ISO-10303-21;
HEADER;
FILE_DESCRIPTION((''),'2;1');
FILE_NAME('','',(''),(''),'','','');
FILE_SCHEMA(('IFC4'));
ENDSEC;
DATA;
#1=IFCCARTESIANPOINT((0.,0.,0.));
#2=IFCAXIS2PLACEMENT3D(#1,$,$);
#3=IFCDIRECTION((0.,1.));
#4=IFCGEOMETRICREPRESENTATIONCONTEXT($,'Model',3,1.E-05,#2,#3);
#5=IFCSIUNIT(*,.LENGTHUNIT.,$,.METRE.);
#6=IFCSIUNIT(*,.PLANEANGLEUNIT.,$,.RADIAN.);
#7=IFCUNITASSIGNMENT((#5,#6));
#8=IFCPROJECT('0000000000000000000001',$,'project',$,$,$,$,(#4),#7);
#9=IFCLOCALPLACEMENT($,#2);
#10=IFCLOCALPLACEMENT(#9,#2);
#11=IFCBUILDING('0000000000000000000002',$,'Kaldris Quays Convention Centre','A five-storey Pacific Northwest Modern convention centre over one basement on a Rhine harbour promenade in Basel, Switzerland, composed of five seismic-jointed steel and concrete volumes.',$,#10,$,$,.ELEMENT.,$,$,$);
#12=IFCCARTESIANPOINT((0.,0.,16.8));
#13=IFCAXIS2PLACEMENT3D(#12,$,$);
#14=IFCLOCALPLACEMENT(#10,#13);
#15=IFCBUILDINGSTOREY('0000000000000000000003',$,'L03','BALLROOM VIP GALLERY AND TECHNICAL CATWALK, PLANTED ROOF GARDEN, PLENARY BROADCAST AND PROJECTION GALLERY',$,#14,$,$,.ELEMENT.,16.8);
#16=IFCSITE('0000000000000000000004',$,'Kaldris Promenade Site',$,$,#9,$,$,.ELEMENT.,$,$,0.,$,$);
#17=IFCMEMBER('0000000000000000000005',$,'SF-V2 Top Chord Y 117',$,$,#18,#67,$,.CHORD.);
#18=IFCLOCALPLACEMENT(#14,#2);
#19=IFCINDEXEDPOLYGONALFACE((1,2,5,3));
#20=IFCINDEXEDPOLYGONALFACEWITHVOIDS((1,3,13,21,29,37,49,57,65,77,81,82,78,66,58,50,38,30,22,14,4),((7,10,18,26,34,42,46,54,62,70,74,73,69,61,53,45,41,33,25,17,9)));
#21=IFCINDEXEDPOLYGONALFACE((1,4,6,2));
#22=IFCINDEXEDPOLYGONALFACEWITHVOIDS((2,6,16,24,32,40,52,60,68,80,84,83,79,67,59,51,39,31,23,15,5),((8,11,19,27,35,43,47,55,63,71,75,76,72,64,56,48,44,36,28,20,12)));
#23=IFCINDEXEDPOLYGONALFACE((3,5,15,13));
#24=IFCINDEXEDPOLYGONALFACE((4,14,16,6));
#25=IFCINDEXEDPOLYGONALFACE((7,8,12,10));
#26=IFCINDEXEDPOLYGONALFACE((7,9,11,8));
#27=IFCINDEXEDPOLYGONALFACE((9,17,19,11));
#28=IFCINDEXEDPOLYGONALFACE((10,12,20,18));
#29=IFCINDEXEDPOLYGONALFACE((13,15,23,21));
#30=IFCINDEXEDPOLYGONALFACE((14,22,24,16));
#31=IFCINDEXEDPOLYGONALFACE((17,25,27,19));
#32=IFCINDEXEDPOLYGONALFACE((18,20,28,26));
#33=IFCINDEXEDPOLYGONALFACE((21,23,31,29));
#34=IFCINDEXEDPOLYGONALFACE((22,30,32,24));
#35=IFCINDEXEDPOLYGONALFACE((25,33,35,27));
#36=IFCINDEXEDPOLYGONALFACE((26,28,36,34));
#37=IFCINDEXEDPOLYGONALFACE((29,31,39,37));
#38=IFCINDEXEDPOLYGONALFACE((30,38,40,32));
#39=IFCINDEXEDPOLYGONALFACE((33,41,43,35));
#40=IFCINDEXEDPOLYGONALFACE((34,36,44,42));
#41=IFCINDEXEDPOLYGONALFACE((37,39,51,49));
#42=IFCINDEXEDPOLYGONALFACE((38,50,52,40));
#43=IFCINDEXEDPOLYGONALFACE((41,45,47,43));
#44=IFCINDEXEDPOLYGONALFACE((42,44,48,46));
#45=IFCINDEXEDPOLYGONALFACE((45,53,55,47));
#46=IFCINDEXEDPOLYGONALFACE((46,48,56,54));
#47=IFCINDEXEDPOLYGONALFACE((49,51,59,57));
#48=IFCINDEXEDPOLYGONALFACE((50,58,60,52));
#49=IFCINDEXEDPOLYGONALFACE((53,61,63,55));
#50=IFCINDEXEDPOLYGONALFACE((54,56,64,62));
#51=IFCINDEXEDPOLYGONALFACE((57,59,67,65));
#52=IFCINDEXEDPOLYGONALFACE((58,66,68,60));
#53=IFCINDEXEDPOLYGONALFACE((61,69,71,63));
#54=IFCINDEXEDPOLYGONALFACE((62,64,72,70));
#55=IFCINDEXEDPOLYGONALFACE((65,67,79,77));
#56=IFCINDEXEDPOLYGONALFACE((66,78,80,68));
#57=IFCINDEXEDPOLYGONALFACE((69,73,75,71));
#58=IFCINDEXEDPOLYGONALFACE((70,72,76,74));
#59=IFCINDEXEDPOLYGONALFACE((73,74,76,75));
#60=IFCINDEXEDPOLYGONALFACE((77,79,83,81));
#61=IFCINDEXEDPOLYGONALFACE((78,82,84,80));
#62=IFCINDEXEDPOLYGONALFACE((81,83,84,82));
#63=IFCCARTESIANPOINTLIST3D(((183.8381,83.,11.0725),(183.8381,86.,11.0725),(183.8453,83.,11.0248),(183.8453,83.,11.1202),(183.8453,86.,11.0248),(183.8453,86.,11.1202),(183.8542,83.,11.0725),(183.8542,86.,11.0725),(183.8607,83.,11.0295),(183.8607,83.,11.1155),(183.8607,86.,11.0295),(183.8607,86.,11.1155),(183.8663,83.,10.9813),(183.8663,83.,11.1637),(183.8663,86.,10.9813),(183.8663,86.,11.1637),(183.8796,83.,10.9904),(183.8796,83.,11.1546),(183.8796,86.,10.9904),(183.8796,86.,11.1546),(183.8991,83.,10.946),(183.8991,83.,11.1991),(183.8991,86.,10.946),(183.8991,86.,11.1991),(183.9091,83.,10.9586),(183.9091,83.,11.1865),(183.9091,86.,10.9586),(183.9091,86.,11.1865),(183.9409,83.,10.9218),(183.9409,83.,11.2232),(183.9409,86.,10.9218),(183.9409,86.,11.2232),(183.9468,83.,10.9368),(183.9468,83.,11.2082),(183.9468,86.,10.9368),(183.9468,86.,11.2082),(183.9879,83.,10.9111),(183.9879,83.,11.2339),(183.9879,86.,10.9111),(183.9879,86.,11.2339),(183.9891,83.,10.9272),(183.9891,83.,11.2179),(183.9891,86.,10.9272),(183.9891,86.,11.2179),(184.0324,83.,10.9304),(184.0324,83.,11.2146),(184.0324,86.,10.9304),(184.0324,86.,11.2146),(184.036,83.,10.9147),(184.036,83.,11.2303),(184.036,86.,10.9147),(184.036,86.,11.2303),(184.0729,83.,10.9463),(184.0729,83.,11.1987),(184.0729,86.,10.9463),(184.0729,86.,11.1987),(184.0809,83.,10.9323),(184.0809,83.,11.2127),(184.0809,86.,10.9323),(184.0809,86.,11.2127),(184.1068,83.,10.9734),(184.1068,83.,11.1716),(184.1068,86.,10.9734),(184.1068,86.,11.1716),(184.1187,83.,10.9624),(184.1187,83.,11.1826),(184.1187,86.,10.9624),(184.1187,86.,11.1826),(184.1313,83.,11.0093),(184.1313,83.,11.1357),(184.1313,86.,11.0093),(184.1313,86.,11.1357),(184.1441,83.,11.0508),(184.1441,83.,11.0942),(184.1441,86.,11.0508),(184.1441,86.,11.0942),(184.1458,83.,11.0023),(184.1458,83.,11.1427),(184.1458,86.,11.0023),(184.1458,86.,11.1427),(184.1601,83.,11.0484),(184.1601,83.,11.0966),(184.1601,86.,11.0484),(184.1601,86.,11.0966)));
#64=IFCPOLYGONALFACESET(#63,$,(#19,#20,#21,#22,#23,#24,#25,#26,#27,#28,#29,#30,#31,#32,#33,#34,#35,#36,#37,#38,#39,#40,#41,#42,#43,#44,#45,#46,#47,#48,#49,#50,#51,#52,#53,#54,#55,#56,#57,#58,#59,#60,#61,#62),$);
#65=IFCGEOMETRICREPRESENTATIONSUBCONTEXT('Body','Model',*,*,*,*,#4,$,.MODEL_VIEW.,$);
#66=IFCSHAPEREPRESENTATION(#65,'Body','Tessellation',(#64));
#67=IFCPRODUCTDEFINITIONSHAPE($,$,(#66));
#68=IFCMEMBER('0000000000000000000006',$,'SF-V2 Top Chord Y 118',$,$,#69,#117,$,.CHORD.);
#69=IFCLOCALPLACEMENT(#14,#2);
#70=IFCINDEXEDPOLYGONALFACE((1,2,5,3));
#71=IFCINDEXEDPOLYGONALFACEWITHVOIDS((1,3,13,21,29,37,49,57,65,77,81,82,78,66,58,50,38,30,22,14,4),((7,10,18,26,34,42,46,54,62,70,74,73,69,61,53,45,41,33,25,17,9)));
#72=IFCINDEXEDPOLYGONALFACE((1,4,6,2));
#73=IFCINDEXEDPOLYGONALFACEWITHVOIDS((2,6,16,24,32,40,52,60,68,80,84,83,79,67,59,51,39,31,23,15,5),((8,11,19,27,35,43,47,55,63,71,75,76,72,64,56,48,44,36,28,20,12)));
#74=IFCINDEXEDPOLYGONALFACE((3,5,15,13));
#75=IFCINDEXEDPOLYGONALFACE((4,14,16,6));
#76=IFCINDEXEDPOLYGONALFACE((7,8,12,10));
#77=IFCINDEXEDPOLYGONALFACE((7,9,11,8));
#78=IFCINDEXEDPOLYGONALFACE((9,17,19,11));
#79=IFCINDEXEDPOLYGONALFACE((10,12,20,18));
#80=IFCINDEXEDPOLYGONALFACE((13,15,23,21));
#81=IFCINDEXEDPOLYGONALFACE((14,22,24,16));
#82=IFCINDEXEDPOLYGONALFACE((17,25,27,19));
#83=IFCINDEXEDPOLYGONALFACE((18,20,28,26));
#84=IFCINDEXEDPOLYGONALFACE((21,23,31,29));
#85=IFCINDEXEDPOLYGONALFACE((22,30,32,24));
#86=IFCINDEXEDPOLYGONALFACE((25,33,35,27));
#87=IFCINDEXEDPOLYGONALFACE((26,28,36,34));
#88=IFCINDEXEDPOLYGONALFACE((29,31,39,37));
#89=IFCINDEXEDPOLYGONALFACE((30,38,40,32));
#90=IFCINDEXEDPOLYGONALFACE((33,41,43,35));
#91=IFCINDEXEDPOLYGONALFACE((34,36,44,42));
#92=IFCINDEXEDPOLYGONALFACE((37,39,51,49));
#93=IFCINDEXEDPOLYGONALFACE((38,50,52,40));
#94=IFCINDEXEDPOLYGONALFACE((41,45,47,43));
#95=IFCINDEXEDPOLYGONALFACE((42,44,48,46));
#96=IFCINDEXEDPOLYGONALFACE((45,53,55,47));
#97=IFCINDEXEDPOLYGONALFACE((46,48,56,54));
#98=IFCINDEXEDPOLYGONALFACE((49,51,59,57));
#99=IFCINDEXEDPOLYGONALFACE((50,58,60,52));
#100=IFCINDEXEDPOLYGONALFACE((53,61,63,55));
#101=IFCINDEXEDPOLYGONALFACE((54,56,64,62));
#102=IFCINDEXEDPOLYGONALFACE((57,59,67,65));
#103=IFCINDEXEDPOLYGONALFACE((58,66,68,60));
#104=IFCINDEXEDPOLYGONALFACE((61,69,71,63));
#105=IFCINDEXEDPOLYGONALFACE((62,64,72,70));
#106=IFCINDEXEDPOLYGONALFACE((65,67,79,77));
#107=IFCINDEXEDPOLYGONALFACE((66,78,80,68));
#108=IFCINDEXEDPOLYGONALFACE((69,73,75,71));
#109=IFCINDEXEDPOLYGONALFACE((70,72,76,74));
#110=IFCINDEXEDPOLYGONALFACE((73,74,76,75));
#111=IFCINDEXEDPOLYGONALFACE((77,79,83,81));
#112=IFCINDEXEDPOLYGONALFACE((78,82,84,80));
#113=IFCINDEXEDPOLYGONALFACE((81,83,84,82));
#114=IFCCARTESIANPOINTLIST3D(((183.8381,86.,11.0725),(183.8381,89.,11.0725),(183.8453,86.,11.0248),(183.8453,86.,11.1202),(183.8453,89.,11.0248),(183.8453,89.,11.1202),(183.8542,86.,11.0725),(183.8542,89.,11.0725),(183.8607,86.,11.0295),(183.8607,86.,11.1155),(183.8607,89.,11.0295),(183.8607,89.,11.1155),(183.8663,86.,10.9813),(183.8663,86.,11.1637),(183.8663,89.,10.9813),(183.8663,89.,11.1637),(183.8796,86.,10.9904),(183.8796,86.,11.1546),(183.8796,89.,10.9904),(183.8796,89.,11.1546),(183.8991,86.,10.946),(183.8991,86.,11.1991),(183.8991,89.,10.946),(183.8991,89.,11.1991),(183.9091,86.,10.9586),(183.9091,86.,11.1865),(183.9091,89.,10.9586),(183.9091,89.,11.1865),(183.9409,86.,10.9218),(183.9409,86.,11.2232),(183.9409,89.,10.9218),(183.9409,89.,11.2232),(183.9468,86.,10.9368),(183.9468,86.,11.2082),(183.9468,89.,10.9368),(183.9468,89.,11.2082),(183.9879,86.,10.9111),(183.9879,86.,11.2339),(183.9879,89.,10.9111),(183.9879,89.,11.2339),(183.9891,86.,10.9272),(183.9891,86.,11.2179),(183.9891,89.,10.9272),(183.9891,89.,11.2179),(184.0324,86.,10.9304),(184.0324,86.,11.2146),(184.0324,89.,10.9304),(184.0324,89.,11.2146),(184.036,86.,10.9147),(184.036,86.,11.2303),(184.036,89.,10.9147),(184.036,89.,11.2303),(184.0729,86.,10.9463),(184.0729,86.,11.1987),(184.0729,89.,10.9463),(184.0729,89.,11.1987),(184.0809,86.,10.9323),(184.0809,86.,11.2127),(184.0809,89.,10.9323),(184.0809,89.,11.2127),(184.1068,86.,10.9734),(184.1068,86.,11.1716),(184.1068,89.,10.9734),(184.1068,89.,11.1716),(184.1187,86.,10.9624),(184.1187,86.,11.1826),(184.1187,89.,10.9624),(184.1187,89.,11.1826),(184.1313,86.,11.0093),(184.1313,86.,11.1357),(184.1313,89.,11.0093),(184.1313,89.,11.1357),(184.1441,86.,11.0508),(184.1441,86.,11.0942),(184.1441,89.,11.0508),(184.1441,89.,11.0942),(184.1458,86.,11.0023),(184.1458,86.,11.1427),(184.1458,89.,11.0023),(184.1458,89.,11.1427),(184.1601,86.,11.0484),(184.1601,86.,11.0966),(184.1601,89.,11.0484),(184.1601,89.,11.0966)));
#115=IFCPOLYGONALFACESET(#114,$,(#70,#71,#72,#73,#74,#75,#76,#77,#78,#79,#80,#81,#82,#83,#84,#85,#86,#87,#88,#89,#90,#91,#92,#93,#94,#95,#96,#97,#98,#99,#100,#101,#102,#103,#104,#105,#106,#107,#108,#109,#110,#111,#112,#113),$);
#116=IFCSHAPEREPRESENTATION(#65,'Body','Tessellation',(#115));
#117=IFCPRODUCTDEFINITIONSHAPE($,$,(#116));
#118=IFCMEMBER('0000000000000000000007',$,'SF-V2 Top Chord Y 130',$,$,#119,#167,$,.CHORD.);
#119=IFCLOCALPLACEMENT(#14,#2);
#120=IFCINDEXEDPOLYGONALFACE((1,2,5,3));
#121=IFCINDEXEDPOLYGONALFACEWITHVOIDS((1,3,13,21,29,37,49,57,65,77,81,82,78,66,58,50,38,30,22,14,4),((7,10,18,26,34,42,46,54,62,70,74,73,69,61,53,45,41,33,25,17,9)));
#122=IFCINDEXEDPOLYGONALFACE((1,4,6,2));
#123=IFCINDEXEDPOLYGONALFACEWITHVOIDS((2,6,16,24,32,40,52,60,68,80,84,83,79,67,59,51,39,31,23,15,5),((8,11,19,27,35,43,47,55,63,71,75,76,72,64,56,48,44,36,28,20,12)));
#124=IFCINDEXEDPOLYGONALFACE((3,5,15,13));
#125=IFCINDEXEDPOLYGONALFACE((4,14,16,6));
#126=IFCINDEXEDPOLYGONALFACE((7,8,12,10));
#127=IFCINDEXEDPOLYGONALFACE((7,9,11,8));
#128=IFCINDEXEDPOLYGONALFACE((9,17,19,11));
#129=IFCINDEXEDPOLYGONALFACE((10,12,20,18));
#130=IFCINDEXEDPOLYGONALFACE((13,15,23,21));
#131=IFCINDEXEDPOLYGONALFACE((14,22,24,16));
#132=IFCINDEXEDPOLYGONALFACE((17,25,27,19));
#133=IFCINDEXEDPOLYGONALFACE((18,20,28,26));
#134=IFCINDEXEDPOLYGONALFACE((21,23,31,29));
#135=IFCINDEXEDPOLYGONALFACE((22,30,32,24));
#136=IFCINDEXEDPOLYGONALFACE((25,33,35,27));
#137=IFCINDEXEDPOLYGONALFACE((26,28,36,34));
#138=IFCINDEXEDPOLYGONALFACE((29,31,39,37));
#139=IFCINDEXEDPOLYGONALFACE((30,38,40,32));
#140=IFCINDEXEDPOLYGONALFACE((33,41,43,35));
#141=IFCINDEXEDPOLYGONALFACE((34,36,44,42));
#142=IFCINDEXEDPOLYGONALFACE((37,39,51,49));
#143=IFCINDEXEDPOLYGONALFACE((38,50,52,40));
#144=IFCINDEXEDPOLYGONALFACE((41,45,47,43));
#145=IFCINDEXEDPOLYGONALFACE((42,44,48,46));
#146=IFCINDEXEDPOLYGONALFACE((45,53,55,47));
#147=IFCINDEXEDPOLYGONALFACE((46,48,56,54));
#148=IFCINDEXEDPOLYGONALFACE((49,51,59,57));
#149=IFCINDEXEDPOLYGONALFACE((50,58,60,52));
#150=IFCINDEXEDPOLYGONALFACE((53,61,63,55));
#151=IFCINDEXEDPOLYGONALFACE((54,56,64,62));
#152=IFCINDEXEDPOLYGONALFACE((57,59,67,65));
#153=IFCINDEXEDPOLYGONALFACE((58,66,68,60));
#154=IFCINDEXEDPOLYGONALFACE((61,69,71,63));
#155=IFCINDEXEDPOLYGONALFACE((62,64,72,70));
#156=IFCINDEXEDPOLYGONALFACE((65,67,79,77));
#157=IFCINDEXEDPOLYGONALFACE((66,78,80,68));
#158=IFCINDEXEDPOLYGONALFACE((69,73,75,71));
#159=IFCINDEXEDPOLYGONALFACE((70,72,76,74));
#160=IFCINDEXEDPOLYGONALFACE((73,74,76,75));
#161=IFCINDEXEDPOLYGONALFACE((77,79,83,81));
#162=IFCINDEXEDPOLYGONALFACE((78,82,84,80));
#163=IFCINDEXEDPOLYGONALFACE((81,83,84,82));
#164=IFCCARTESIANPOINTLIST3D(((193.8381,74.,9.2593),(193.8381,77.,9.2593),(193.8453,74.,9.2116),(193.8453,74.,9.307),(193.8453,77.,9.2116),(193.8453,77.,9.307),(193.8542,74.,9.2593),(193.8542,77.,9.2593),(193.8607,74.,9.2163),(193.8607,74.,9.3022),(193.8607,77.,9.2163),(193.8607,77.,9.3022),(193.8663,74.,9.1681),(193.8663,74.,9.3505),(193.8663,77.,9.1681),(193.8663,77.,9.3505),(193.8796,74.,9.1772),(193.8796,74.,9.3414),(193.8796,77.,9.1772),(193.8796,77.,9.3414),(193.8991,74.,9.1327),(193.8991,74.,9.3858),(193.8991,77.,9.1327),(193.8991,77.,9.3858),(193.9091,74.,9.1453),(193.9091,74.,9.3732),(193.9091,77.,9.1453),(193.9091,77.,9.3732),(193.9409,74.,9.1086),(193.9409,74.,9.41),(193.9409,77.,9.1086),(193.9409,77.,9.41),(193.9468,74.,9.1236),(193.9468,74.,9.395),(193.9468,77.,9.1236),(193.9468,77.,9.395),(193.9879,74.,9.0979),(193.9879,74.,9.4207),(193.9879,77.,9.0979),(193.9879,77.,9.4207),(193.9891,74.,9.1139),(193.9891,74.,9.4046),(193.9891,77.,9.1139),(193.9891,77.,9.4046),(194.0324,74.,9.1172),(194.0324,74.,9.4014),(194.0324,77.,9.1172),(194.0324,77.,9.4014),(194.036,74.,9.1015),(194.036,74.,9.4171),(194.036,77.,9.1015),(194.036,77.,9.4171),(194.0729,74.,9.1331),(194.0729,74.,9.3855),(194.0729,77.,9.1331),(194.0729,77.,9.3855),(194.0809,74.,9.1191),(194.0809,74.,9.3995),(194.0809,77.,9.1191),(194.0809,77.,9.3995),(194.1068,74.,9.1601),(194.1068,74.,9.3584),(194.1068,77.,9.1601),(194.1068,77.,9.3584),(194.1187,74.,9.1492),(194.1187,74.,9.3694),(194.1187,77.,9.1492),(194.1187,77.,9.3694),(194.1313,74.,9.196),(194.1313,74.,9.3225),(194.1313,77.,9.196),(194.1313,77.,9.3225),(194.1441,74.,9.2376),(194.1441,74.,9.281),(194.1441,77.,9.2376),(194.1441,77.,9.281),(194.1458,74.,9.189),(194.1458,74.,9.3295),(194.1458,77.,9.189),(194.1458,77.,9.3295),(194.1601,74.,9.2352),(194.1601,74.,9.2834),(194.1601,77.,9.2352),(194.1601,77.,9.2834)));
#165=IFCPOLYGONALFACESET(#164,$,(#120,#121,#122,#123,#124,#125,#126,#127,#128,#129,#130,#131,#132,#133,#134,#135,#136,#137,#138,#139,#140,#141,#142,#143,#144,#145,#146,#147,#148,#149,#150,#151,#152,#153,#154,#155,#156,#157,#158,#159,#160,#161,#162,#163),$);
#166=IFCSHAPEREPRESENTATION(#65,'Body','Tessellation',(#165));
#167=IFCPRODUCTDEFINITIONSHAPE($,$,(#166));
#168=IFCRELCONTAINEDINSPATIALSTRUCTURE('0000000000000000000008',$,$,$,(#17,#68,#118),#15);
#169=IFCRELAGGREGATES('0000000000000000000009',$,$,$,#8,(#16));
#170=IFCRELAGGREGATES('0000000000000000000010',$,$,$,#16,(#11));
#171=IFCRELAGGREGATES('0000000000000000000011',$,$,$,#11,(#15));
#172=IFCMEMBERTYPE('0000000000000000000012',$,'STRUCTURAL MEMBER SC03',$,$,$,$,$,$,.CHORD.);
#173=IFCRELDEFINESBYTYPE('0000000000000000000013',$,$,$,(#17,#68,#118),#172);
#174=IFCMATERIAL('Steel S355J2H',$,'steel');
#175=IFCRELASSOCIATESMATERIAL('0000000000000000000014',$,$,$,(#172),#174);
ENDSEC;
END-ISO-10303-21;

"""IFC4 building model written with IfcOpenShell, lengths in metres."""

from ifc_helpers import new_model, si_unit, direction, frame, origin, origin_2d, place, context, subcontext, project, spatial, hollow_circle, extrude, material, material_profile, profile_set, type_object, element, save


model = new_model("IFC4")

# Units and contexts
model_context = context("Model", 3, precision=1e-05, world=origin(), true_north=direction((0.0, 1.0)))
body_context = subcontext(model_context, "Body", "Model", "MODEL_VIEW")
ifc_project = project(units=[si_unit("LENGTHUNIT", "METRE"), si_unit("PLANEANGLEUNIT", "RADIAN")], contexts=[model_context])

# Site, building, storey
site_placement = place(None, origin())
site = spatial("IfcSite", under=ifc_project, at=site_placement, Name="Kaldris Promenade Site", CompositionType="ELEMENT", RefElevation=0.0)
building_placement = place(site_placement, origin())
building = spatial("IfcBuilding", under=site, at=building_placement, Name="Kaldris Quays Convention Centre", Description="A five-storey Pacific Northwest Modern convention centre over one basement on a Rhine harbour promenade in Basel, Switzerland, composed of five seismic-jointed steel and concrete volumes.", CompositionType="ELEMENT")
storey_placement = place(building_placement, frame((0.0, 0.0, 16.8)))
storey = spatial("IfcBuildingStorey", under=building, at=storey_placement, Name="L03", Description="BALLROOM VIP GALLERY AND TECHNICAL CATWALK, PLANTED ROOF GARDEN, PLENARY BROADCAST AND PROJECTION GALLERY", CompositionType="ELEMENT", Elevation=16.8)

# Members
ifc_material_1 = material(Name="Steel S355J2H", Category="steel")
ifc_material_profile_1 = material_profile(ifc_material_1, hollow_circle(Radius=0.1619, WallThickness=0.0161, at=origin_2d()), Name="CHS 323.9x16")
ifc_profile_set_1 = profile_set([ifc_material_profile_1], Name="Steel S355J2H")
member_type_1 = type_object("IfcMemberType", Name="STRUCTURAL MEMBER SC03", PredefinedType="CHORD", material=ifc_profile_set_1)
for number, where, z_axis, x_axis, name in (
    (1, (184.0, 83.0, 11.0725), (0.0, 1.0, 0.0), (-1.0, 0.0, 0.0), "SF-V2 Top Chord Y 117"),
    (2, (184.0, 86.0, 11.0725), (0.0, 1.0, 0.0), (-1.0, 0.0, 0.0), "SF-V2 Top Chord Y 118"),
    (3, (194.0, 74.0, 9.2593), (0.0, 1.0, 0.0), (-1.0, 0.0, 0.0), "SF-V2 Top Chord Y 130"),
):
    element("IfcMember", number, at=place(storey_placement, frame(where, z_axis=z_axis, x_axis=x_axis)), inside=storey, type_object=member_type_1, Name=name, PredefinedType="CHORD", context=body_context, shape_type="SweptSolid", body=[
        extrude(hollow_circle(Radius=0.1619, WallThickness=0.0161, at=origin_2d()), origin(), (0.0, 0.0, 1.0), 3.0),
    ])

save(model, "model.ifc")
